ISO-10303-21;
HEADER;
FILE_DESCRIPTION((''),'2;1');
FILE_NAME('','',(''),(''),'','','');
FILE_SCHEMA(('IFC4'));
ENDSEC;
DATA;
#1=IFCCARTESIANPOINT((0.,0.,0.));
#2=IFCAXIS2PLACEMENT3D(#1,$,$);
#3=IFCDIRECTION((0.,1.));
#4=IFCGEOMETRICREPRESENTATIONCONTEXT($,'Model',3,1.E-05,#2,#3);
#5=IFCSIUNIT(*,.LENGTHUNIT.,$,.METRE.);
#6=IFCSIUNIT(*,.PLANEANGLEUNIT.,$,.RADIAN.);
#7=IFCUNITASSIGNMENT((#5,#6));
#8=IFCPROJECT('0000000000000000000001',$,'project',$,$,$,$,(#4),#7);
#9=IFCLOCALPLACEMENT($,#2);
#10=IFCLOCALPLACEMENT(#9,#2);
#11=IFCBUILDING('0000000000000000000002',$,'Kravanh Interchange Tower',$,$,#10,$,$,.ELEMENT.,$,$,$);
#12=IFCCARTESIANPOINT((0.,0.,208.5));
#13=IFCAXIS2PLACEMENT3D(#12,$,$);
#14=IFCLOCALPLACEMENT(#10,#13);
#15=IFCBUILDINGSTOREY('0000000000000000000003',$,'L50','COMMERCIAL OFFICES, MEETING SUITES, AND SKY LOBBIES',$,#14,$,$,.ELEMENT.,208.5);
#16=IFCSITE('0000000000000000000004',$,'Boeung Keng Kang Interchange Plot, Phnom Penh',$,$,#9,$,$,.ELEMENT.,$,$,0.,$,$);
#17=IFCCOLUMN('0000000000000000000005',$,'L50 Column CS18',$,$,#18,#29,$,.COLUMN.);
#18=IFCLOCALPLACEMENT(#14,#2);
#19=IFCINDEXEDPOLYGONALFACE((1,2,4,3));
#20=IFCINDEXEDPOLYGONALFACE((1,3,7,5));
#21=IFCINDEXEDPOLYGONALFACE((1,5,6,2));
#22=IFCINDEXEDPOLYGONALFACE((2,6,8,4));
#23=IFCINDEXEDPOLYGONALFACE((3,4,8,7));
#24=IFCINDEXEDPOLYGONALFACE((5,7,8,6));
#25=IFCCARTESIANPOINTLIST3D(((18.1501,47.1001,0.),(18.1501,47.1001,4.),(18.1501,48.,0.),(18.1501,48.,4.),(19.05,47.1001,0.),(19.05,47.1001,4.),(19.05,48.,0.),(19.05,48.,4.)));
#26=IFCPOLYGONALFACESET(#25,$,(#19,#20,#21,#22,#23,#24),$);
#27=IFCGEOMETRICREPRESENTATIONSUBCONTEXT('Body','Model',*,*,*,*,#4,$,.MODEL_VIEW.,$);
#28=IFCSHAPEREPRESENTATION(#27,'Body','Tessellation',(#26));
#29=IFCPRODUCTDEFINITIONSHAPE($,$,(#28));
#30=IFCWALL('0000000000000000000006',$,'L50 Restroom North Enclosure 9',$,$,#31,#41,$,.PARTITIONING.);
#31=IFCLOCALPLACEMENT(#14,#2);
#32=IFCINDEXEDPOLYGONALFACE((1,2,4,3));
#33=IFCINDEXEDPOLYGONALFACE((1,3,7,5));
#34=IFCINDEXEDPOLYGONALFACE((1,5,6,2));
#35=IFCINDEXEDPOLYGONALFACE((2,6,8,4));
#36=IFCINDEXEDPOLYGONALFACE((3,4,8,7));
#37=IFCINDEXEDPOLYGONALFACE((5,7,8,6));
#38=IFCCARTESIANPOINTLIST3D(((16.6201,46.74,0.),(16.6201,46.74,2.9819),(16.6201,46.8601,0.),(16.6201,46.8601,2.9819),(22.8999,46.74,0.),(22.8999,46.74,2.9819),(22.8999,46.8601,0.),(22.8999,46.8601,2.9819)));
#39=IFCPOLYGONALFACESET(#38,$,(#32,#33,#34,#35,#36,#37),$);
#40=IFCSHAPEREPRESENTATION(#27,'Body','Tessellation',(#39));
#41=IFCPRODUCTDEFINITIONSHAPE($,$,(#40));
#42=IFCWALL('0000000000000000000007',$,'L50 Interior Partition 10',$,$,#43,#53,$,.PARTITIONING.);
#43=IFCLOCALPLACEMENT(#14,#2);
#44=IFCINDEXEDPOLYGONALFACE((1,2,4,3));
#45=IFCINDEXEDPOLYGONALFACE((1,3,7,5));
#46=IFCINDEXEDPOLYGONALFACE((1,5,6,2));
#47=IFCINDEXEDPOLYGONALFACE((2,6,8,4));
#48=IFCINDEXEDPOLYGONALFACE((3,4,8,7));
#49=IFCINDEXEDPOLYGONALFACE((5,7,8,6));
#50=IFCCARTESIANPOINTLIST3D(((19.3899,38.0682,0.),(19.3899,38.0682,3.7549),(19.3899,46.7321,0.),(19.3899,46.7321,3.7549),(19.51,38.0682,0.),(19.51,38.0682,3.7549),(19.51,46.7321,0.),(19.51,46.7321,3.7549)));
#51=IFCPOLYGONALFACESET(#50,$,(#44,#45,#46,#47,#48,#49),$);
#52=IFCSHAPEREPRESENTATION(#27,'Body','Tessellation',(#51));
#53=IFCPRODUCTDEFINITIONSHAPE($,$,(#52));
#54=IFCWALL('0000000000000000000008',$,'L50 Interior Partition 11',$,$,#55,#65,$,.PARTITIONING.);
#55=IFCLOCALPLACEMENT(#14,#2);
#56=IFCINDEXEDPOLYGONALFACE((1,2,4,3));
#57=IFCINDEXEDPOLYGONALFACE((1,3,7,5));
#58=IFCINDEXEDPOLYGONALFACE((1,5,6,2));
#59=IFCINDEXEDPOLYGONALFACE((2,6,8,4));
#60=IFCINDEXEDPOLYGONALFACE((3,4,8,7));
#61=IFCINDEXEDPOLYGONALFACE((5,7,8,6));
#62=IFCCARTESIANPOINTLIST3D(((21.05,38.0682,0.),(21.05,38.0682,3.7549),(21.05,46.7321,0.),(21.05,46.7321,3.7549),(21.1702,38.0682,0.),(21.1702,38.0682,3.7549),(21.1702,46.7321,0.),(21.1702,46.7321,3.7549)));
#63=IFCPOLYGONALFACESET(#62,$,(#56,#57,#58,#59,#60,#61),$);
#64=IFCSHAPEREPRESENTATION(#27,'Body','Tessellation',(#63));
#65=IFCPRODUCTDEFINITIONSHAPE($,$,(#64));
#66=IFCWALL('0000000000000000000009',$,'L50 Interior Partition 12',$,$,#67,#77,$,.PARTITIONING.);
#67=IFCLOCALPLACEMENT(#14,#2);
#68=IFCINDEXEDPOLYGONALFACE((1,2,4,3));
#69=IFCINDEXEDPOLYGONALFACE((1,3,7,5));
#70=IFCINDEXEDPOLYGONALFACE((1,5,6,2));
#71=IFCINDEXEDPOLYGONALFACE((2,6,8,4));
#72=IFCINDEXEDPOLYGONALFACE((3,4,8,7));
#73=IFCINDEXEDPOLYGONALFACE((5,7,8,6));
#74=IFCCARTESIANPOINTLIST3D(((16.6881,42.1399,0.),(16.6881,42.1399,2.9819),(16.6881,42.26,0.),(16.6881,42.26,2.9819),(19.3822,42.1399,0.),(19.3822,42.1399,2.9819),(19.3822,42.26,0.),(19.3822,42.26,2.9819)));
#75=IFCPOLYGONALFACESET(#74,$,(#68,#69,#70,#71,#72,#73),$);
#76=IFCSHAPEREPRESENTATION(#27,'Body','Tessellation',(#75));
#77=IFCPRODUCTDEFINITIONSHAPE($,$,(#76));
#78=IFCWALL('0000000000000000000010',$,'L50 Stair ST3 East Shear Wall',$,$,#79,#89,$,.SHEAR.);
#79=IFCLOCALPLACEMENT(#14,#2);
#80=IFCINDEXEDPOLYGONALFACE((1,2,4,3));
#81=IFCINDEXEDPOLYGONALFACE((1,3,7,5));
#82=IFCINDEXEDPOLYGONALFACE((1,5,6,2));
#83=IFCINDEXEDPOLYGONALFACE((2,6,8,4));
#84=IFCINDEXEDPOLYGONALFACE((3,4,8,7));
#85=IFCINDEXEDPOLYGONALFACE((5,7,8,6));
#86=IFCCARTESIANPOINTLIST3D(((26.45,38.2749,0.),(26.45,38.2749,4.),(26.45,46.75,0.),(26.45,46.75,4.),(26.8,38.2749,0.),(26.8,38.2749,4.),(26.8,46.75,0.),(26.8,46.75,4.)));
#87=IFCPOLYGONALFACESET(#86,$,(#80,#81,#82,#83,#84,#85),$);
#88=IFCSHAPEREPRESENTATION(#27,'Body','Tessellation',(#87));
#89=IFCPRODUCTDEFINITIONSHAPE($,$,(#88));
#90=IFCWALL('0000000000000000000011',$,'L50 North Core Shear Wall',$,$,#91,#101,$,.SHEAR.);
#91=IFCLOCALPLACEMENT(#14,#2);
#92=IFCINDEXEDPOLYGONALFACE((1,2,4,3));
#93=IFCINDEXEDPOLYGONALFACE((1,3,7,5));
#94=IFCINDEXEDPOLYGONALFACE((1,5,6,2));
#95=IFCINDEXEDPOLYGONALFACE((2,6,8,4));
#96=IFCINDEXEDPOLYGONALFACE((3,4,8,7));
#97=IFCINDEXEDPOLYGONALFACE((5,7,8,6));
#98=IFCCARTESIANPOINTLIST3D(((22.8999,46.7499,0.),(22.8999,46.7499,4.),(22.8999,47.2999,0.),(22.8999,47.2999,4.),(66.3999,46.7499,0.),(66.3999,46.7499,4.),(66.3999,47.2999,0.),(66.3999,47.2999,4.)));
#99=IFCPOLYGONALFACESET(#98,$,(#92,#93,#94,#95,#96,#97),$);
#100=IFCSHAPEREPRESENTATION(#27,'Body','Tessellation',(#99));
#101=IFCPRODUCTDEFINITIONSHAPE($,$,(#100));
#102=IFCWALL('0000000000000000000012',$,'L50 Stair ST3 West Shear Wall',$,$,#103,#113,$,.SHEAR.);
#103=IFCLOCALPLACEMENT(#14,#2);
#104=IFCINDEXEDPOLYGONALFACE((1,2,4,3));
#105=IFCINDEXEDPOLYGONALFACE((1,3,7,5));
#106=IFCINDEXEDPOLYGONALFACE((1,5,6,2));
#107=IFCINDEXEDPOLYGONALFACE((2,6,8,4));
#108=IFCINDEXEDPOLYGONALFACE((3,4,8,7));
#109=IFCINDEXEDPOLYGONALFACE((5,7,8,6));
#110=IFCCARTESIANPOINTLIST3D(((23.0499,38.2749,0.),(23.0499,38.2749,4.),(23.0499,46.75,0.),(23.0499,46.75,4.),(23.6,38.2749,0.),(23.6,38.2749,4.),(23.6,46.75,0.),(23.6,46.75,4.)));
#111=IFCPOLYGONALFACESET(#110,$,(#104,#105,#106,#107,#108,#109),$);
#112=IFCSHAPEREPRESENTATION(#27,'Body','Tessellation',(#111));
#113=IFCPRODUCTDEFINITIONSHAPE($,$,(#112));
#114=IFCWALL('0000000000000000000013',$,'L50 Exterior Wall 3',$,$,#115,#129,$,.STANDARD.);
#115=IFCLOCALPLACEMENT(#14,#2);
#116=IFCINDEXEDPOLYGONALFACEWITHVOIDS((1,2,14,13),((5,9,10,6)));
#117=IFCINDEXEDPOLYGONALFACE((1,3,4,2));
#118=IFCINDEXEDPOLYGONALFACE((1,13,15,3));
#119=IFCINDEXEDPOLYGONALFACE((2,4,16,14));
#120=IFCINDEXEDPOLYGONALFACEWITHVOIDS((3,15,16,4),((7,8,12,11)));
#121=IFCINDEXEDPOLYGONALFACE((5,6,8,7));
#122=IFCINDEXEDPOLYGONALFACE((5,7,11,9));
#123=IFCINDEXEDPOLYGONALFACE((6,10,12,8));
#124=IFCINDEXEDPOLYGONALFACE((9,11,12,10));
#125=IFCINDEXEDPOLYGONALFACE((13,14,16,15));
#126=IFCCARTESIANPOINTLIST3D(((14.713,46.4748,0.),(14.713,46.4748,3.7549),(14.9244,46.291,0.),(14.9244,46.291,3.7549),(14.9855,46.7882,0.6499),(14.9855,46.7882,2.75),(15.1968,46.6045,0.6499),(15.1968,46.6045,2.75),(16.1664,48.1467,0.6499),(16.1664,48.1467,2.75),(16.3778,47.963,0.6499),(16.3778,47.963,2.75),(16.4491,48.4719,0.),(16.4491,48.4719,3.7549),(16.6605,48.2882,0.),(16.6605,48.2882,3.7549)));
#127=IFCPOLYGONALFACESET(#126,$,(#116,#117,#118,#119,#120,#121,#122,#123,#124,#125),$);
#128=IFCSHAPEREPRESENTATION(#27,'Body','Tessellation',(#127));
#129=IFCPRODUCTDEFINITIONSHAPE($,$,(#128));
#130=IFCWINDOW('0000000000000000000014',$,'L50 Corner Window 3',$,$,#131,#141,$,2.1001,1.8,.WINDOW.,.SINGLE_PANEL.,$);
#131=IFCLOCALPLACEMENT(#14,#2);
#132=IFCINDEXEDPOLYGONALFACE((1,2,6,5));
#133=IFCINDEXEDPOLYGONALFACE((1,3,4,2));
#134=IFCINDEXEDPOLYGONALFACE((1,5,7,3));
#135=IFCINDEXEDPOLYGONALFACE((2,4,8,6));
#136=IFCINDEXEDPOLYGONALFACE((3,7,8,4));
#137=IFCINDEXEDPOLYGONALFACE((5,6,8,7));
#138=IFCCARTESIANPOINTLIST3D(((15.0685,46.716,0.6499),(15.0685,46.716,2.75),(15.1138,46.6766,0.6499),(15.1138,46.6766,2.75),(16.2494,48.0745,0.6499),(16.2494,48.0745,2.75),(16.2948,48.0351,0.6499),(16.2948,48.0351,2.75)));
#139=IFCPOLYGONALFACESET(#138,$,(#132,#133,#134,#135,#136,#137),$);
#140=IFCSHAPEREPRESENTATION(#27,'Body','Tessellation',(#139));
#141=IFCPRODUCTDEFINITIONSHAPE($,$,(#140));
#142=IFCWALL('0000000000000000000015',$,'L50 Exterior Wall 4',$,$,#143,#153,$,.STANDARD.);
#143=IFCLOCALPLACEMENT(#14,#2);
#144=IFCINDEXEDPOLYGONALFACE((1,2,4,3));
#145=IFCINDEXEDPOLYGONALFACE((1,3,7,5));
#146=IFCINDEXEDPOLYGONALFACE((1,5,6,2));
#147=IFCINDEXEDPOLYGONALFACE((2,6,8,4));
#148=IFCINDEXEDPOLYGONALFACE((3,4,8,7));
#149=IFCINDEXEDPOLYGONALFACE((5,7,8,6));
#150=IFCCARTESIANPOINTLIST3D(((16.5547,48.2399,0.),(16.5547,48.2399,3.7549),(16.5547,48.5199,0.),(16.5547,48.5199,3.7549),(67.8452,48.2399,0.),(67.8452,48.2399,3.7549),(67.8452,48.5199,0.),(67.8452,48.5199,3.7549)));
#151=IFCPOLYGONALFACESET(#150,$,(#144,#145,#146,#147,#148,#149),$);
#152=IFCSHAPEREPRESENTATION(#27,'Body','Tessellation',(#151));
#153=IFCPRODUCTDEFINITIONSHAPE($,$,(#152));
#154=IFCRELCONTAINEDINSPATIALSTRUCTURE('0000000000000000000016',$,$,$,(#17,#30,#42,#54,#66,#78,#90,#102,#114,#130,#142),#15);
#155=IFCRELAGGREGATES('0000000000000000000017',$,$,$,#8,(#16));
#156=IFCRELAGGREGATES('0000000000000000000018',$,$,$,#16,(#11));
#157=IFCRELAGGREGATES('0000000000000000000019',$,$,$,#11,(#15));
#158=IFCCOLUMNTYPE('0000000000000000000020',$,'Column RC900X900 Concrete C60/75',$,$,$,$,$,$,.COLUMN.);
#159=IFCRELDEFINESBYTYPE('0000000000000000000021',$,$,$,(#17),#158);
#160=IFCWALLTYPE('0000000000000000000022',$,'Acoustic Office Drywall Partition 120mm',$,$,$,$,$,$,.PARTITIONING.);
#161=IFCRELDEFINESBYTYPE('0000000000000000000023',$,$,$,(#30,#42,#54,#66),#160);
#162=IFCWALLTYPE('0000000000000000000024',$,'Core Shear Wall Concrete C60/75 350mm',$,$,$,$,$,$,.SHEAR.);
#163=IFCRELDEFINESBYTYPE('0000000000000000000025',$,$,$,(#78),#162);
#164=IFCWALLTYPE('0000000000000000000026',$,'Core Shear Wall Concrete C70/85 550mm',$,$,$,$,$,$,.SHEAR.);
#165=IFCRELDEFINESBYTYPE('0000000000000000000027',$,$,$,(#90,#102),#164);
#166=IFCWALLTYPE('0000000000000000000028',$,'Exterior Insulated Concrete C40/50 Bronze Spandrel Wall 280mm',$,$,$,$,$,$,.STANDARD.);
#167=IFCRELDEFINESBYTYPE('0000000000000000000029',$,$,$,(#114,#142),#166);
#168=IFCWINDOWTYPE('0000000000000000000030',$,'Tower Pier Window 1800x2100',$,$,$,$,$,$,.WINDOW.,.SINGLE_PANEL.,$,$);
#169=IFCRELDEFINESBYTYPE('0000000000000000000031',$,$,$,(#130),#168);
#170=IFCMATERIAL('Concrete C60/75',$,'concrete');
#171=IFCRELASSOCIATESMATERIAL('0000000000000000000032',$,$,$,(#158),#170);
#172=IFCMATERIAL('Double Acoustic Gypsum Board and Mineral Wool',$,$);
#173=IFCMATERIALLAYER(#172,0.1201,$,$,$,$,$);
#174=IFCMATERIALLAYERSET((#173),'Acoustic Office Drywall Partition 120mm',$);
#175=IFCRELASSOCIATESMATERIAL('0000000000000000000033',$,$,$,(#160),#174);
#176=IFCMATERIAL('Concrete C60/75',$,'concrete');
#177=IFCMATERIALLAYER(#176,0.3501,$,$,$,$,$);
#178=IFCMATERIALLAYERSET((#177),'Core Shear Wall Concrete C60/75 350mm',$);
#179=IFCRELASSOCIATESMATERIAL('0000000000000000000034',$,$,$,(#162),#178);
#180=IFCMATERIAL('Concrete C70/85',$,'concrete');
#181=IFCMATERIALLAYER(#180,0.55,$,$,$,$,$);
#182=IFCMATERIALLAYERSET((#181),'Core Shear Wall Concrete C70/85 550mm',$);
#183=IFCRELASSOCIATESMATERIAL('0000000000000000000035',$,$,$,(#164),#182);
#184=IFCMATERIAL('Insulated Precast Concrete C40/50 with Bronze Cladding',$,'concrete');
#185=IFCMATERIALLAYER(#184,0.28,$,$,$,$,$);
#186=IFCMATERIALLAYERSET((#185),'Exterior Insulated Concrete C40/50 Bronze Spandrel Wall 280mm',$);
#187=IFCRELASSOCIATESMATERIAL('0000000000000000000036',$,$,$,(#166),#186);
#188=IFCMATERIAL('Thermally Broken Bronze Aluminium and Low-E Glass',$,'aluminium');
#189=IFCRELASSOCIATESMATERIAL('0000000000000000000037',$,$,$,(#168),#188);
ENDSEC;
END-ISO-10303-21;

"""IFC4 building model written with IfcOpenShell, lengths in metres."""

from ifc_helpers import new_model, si_unit, direction, frame, frame_2d, origin, origin_2d, place, context, subcontext, project, spatial, rectangle, extrude, material, layer, layer_set, material_profile, profile_set, type_object, element, fill, save


model = new_model("IFC4")

# Units and contexts
model_context = context("Model", 3, precision=1e-05, world=origin(), true_north=direction((0.0, 1.0)))
body_context = subcontext(model_context, "Body", "Model", "MODEL_VIEW")
ifc_project = project(units=[si_unit("LENGTHUNIT", "METRE"), si_unit("PLANEANGLEUNIT", "RADIAN")], contexts=[model_context])

# Site, building, storey
site_placement = place(None, origin())
site = spatial("IfcSite", under=ifc_project, at=site_placement, Name="Boeung Keng Kang Interchange Plot, Phnom Penh", CompositionType="ELEMENT", RefElevation=0.0)
building_placement = place(site_placement, origin())
building = spatial("IfcBuilding", under=site, at=building_placement, Name="Kravanh Interchange Tower", CompositionType="ELEMENT")
storey_placement = place(building_placement, frame((0.0, 0.0, 208.5)))
storey = spatial("IfcBuildingStorey", under=building, at=storey_placement, Name="L50", Description="COMMERCIAL OFFICES, MEETING SUITES, AND SKY LOBBIES", CompositionType="ELEMENT", Elevation=208.5)

# Column
ifc_material_1 = material(Name="Concrete C60/75", Category="concrete")
ifc_material_profile = material_profile(ifc_material_1, rectangle(XDim=0.8999, YDim=0.8999, at=origin_2d()), Name="RC900X900")
ifc_profile_set = profile_set([ifc_material_profile], Name="Concrete C60/75")
column_type = type_object("IfcColumnType", Name="Column RC900X900 Concrete C60/75", PredefinedType="COLUMN", material=ifc_profile_set)
column_placement = place(storey_placement, frame((18.6001, 47.55, 0.0), z_axis=(0.0, 0.0, 1.0), x_axis=(1.0, 0.0, 0.0)))
element("IfcColumn", 1, at=column_placement, inside=storey, type_object=column_type, Name="L50 Column CS18", PredefinedType="COLUMN", context=body_context, shape_type="SweptSolid", body=[
    extrude(rectangle(XDim=0.8999, YDim=0.8999, at=origin_2d()), origin(), (0.0, 0.0, 1.0), 4.0),
])

# Walls
ifc_material_2 = material(Name="Double Acoustic Gypsum Board and Mineral Wool")
ifc_layer_1 = layer(ifc_material_2, 0.1201)
ifc_layer_set_1 = layer_set([ifc_layer_1], Name="Acoustic Office Drywall Partition 120mm")
wall_type_1 = type_object("IfcWallType", Name="Acoustic Office Drywall Partition 120mm", PredefinedType="PARTITIONING", material=ifc_layer_set_1)
wall_1_placement = place(storey_placement, frame((16.6201, 46.8, 0.0), z_axis=(0.0, 0.0, 1.0), x_axis=(1.0, 0.0, 0.0)))
element("IfcWall", 2, at=wall_1_placement, inside=storey, type_object=wall_type_1, Name="L50 Restroom North Enclosure 9", PredefinedType="PARTITIONING", context=body_context, shape_type="SweptSolid", body=[
    extrude(rectangle(XDim=6.2798, YDim=0.1201, at=frame_2d((3.1399, 0.0))), origin(), (0.0, 0.0, 1.0), 2.9819),
])
for number, where, z_axis, x_axis, name in (
    (3, (19.45, 38.0681, 0.0), (0.0, 0.0, 1.0), (0.0, 1.0, 0.0), "L50 Interior Partition 10"),
    (4, (21.1101, 38.0681, 0.0), (0.0, 0.0, 1.0), (0.0, 1.0, 0.0), "L50 Interior Partition 11"),
):
    element("IfcWall", number, at=place(storey_placement, frame(where, z_axis=z_axis, x_axis=x_axis)), inside=storey, type_object=wall_type_1, Name=name, PredefinedType="PARTITIONING", context=body_context, shape_type="SweptSolid", body=[
        extrude(rectangle(XDim=8.6638, YDim=0.1201, at=frame_2d((4.332, 0.0))), origin(), (0.0, 0.0, 1.0), 3.7549),
    ])
wall_2_placement = place(storey_placement, frame((16.688, 42.2, 0.0), z_axis=(0.0, 0.0, 1.0), x_axis=(1.0, 0.0, 0.0)))
element("IfcWall", 5, at=wall_2_placement, inside=storey, type_object=wall_type_1, Name="L50 Interior Partition 12", PredefinedType="PARTITIONING", context=body_context, shape_type="SweptSolid", body=[
    extrude(rectangle(XDim=2.6941, YDim=0.1201, at=frame_2d((1.3472, 0.0))), origin(), (0.0, 0.0, 1.0), 2.9819),
])
ifc_material_3 = material(Name="Concrete C60/75", Category="concrete")
ifc_layer_2 = layer(ifc_material_3, 0.3501)
ifc_layer_set_2 = layer_set([ifc_layer_2], Name="Core Shear Wall Concrete C60/75 350mm")
wall_type_2 = type_object("IfcWallType", Name="Core Shear Wall Concrete C60/75 350mm", PredefinedType="SHEAR", material=ifc_layer_set_2)
wall_3_placement = place(storey_placement, frame((26.625, 38.2749, 0.0), z_axis=(0.0, 0.0, 1.0), x_axis=(0.0, 1.0, 0.0)))
element("IfcWall", 6, at=wall_3_placement, inside=storey, type_object=wall_type_2, Name="L50 Stair ST3 East Shear Wall", PredefinedType="SHEAR", context=body_context, shape_type="SweptSolid", body=[
    extrude(rectangle(XDim=8.4751, YDim=0.3501, at=frame_2d((4.2375, 0.0))), origin(), (0.0, 0.0, 1.0), 4.0),
])
ifc_material_4 = material(Name="Concrete C70/85", Category="concrete")
ifc_layer_3 = layer(ifc_material_4, 0.55)
ifc_layer_set_3 = layer_set([ifc_layer_3], Name="Core Shear Wall Concrete C70/85 550mm")
wall_type_3 = type_object("IfcWallType", Name="Core Shear Wall Concrete C70/85 550mm", PredefinedType="SHEAR", material=ifc_layer_set_3)
wall_4_placement = place(storey_placement, frame((22.8999, 47.0249, 0.0), z_axis=(0.0, 0.0, 1.0), x_axis=(1.0, 0.0, 0.0)))
element("IfcWall", 7, at=wall_4_placement, inside=storey, type_object=wall_type_3, Name="L50 North Core Shear Wall", PredefinedType="SHEAR", context=body_context, shape_type="SweptSolid", body=[
    extrude(rectangle(XDim=43.5, YDim=0.55, at=frame_2d((21.75, 0.0))), origin(), (0.0, 0.0, 1.0), 4.0),
])
wall_5_placement = place(storey_placement, frame((23.325, 38.2749, 0.0), z_axis=(0.0, 0.0, 1.0), x_axis=(0.0, 1.0, 0.0)))
element("IfcWall", 8, at=wall_5_placement, inside=storey, type_object=wall_type_3, Name="L50 Stair ST3 West Shear Wall", PredefinedType="SHEAR", context=body_context, shape_type="SweptSolid", body=[
    extrude(rectangle(XDim=8.4751, YDim=0.55, at=frame_2d((4.2375, 0.0))), origin(), (0.0, 0.0, 1.0), 4.0),
])

# Wall, opening, window
ifc_material_5 = material(Name="Insulated Precast Concrete C40/50 with Bronze Cladding", Category="concrete")
ifc_layer_4 = layer(ifc_material_5, 0.28)
ifc_layer_set_4 = layer_set([ifc_layer_4], Name="Exterior Insulated Concrete C40/50 Bronze Spandrel Wall 280mm")
wall_type_4 = type_object("IfcWallType", Name="Exterior Insulated Concrete C40/50 Bronze Spandrel Wall 280mm", PredefinedType="STANDARD", material=ifc_layer_set_4)
wall_6_placement = place(storey_placement, frame((14.8186, 46.3828, 0.0), z_axis=(0.0, 0.0, 1.0), x_axis=(0.656071, 0.754699, 0.0)))
wall_6 = element("IfcWall", 9, at=wall_6_placement, inside=storey, type_object=wall_type_4, Name="L50 Exterior Wall 3", PredefinedType="STANDARD", context=body_context, shape_type="SweptSolid", body=[
    extrude(rectangle(XDim=2.6462, YDim=0.28, at=frame_2d((1.3232, 0.0))), origin(), (0.0, 0.0, 1.0), 3.7549),
])
opening_placement = place(wall_6_placement, frame((0.4155, 0.0, 0.6499)))
opening = element("IfcOpeningElement", 10, at=opening_placement, cuts=wall_6, PredefinedType="OPENING", context=body_context, shape_type="SweptSolid", body=[
    extrude(rectangle(XDim=1.8, YDim=2.1001, at=frame_2d((0.8999, 1.05))), frame((0.0, 0.1499, 0.0), z_axis=(0.0, -1.0, 0.0), x_axis=(1.0, 0.0, 0.0)), (0.0, 0.0, 1.0), 0.3),
])
ifc_material_6 = material(Name="Thermally Broken Bronze Aluminium and Low-E Glass", Category="aluminium")
window_type = type_object("IfcWindowType", Name="Tower Pier Window 1800x2100", PartitioningType="SINGLE_PANEL", PredefinedType="WINDOW", material=ifc_material_6)
window_placement = place(opening_placement, origin())
window = element("IfcWindow", 11, at=window_placement, inside=storey, type_object=window_type, Name="L50 Corner Window 3", OverallHeight=2.1001, OverallWidth=1.8, PartitioningType="SINGLE_PANEL", PredefinedType="WINDOW", context=body_context, shape_type="SweptSolid", body=[
    extrude(rectangle(XDim=1.8, YDim=2.1001, at=frame_2d((0.8999, 1.05))), frame((0.0, 0.03, 0.0), z_axis=(0.0, -1.0, 0.0), x_axis=(1.0, 0.0, 0.0)), (0.0, 0.0, 1.0), 0.0601),
])
fill(opening, window)

# Wall
wall_7_placement = place(storey_placement, frame((16.5547, 48.3799, 0.0), z_axis=(0.0, 0.0, 1.0), x_axis=(1.0, 0.0, 0.0)))
element("IfcWall", 12, at=wall_7_placement, inside=storey, type_object=wall_type_4, Name="L50 Exterior Wall 4", PredefinedType="STANDARD", context=body_context, shape_type="SweptSolid", body=[
    extrude(rectangle(XDim=51.2905, YDim=0.28, at=frame_2d((25.6453, 0.0))), origin(), (0.0, 0.0, 1.0), 3.7549),
])

save(model, "model.ifc")
